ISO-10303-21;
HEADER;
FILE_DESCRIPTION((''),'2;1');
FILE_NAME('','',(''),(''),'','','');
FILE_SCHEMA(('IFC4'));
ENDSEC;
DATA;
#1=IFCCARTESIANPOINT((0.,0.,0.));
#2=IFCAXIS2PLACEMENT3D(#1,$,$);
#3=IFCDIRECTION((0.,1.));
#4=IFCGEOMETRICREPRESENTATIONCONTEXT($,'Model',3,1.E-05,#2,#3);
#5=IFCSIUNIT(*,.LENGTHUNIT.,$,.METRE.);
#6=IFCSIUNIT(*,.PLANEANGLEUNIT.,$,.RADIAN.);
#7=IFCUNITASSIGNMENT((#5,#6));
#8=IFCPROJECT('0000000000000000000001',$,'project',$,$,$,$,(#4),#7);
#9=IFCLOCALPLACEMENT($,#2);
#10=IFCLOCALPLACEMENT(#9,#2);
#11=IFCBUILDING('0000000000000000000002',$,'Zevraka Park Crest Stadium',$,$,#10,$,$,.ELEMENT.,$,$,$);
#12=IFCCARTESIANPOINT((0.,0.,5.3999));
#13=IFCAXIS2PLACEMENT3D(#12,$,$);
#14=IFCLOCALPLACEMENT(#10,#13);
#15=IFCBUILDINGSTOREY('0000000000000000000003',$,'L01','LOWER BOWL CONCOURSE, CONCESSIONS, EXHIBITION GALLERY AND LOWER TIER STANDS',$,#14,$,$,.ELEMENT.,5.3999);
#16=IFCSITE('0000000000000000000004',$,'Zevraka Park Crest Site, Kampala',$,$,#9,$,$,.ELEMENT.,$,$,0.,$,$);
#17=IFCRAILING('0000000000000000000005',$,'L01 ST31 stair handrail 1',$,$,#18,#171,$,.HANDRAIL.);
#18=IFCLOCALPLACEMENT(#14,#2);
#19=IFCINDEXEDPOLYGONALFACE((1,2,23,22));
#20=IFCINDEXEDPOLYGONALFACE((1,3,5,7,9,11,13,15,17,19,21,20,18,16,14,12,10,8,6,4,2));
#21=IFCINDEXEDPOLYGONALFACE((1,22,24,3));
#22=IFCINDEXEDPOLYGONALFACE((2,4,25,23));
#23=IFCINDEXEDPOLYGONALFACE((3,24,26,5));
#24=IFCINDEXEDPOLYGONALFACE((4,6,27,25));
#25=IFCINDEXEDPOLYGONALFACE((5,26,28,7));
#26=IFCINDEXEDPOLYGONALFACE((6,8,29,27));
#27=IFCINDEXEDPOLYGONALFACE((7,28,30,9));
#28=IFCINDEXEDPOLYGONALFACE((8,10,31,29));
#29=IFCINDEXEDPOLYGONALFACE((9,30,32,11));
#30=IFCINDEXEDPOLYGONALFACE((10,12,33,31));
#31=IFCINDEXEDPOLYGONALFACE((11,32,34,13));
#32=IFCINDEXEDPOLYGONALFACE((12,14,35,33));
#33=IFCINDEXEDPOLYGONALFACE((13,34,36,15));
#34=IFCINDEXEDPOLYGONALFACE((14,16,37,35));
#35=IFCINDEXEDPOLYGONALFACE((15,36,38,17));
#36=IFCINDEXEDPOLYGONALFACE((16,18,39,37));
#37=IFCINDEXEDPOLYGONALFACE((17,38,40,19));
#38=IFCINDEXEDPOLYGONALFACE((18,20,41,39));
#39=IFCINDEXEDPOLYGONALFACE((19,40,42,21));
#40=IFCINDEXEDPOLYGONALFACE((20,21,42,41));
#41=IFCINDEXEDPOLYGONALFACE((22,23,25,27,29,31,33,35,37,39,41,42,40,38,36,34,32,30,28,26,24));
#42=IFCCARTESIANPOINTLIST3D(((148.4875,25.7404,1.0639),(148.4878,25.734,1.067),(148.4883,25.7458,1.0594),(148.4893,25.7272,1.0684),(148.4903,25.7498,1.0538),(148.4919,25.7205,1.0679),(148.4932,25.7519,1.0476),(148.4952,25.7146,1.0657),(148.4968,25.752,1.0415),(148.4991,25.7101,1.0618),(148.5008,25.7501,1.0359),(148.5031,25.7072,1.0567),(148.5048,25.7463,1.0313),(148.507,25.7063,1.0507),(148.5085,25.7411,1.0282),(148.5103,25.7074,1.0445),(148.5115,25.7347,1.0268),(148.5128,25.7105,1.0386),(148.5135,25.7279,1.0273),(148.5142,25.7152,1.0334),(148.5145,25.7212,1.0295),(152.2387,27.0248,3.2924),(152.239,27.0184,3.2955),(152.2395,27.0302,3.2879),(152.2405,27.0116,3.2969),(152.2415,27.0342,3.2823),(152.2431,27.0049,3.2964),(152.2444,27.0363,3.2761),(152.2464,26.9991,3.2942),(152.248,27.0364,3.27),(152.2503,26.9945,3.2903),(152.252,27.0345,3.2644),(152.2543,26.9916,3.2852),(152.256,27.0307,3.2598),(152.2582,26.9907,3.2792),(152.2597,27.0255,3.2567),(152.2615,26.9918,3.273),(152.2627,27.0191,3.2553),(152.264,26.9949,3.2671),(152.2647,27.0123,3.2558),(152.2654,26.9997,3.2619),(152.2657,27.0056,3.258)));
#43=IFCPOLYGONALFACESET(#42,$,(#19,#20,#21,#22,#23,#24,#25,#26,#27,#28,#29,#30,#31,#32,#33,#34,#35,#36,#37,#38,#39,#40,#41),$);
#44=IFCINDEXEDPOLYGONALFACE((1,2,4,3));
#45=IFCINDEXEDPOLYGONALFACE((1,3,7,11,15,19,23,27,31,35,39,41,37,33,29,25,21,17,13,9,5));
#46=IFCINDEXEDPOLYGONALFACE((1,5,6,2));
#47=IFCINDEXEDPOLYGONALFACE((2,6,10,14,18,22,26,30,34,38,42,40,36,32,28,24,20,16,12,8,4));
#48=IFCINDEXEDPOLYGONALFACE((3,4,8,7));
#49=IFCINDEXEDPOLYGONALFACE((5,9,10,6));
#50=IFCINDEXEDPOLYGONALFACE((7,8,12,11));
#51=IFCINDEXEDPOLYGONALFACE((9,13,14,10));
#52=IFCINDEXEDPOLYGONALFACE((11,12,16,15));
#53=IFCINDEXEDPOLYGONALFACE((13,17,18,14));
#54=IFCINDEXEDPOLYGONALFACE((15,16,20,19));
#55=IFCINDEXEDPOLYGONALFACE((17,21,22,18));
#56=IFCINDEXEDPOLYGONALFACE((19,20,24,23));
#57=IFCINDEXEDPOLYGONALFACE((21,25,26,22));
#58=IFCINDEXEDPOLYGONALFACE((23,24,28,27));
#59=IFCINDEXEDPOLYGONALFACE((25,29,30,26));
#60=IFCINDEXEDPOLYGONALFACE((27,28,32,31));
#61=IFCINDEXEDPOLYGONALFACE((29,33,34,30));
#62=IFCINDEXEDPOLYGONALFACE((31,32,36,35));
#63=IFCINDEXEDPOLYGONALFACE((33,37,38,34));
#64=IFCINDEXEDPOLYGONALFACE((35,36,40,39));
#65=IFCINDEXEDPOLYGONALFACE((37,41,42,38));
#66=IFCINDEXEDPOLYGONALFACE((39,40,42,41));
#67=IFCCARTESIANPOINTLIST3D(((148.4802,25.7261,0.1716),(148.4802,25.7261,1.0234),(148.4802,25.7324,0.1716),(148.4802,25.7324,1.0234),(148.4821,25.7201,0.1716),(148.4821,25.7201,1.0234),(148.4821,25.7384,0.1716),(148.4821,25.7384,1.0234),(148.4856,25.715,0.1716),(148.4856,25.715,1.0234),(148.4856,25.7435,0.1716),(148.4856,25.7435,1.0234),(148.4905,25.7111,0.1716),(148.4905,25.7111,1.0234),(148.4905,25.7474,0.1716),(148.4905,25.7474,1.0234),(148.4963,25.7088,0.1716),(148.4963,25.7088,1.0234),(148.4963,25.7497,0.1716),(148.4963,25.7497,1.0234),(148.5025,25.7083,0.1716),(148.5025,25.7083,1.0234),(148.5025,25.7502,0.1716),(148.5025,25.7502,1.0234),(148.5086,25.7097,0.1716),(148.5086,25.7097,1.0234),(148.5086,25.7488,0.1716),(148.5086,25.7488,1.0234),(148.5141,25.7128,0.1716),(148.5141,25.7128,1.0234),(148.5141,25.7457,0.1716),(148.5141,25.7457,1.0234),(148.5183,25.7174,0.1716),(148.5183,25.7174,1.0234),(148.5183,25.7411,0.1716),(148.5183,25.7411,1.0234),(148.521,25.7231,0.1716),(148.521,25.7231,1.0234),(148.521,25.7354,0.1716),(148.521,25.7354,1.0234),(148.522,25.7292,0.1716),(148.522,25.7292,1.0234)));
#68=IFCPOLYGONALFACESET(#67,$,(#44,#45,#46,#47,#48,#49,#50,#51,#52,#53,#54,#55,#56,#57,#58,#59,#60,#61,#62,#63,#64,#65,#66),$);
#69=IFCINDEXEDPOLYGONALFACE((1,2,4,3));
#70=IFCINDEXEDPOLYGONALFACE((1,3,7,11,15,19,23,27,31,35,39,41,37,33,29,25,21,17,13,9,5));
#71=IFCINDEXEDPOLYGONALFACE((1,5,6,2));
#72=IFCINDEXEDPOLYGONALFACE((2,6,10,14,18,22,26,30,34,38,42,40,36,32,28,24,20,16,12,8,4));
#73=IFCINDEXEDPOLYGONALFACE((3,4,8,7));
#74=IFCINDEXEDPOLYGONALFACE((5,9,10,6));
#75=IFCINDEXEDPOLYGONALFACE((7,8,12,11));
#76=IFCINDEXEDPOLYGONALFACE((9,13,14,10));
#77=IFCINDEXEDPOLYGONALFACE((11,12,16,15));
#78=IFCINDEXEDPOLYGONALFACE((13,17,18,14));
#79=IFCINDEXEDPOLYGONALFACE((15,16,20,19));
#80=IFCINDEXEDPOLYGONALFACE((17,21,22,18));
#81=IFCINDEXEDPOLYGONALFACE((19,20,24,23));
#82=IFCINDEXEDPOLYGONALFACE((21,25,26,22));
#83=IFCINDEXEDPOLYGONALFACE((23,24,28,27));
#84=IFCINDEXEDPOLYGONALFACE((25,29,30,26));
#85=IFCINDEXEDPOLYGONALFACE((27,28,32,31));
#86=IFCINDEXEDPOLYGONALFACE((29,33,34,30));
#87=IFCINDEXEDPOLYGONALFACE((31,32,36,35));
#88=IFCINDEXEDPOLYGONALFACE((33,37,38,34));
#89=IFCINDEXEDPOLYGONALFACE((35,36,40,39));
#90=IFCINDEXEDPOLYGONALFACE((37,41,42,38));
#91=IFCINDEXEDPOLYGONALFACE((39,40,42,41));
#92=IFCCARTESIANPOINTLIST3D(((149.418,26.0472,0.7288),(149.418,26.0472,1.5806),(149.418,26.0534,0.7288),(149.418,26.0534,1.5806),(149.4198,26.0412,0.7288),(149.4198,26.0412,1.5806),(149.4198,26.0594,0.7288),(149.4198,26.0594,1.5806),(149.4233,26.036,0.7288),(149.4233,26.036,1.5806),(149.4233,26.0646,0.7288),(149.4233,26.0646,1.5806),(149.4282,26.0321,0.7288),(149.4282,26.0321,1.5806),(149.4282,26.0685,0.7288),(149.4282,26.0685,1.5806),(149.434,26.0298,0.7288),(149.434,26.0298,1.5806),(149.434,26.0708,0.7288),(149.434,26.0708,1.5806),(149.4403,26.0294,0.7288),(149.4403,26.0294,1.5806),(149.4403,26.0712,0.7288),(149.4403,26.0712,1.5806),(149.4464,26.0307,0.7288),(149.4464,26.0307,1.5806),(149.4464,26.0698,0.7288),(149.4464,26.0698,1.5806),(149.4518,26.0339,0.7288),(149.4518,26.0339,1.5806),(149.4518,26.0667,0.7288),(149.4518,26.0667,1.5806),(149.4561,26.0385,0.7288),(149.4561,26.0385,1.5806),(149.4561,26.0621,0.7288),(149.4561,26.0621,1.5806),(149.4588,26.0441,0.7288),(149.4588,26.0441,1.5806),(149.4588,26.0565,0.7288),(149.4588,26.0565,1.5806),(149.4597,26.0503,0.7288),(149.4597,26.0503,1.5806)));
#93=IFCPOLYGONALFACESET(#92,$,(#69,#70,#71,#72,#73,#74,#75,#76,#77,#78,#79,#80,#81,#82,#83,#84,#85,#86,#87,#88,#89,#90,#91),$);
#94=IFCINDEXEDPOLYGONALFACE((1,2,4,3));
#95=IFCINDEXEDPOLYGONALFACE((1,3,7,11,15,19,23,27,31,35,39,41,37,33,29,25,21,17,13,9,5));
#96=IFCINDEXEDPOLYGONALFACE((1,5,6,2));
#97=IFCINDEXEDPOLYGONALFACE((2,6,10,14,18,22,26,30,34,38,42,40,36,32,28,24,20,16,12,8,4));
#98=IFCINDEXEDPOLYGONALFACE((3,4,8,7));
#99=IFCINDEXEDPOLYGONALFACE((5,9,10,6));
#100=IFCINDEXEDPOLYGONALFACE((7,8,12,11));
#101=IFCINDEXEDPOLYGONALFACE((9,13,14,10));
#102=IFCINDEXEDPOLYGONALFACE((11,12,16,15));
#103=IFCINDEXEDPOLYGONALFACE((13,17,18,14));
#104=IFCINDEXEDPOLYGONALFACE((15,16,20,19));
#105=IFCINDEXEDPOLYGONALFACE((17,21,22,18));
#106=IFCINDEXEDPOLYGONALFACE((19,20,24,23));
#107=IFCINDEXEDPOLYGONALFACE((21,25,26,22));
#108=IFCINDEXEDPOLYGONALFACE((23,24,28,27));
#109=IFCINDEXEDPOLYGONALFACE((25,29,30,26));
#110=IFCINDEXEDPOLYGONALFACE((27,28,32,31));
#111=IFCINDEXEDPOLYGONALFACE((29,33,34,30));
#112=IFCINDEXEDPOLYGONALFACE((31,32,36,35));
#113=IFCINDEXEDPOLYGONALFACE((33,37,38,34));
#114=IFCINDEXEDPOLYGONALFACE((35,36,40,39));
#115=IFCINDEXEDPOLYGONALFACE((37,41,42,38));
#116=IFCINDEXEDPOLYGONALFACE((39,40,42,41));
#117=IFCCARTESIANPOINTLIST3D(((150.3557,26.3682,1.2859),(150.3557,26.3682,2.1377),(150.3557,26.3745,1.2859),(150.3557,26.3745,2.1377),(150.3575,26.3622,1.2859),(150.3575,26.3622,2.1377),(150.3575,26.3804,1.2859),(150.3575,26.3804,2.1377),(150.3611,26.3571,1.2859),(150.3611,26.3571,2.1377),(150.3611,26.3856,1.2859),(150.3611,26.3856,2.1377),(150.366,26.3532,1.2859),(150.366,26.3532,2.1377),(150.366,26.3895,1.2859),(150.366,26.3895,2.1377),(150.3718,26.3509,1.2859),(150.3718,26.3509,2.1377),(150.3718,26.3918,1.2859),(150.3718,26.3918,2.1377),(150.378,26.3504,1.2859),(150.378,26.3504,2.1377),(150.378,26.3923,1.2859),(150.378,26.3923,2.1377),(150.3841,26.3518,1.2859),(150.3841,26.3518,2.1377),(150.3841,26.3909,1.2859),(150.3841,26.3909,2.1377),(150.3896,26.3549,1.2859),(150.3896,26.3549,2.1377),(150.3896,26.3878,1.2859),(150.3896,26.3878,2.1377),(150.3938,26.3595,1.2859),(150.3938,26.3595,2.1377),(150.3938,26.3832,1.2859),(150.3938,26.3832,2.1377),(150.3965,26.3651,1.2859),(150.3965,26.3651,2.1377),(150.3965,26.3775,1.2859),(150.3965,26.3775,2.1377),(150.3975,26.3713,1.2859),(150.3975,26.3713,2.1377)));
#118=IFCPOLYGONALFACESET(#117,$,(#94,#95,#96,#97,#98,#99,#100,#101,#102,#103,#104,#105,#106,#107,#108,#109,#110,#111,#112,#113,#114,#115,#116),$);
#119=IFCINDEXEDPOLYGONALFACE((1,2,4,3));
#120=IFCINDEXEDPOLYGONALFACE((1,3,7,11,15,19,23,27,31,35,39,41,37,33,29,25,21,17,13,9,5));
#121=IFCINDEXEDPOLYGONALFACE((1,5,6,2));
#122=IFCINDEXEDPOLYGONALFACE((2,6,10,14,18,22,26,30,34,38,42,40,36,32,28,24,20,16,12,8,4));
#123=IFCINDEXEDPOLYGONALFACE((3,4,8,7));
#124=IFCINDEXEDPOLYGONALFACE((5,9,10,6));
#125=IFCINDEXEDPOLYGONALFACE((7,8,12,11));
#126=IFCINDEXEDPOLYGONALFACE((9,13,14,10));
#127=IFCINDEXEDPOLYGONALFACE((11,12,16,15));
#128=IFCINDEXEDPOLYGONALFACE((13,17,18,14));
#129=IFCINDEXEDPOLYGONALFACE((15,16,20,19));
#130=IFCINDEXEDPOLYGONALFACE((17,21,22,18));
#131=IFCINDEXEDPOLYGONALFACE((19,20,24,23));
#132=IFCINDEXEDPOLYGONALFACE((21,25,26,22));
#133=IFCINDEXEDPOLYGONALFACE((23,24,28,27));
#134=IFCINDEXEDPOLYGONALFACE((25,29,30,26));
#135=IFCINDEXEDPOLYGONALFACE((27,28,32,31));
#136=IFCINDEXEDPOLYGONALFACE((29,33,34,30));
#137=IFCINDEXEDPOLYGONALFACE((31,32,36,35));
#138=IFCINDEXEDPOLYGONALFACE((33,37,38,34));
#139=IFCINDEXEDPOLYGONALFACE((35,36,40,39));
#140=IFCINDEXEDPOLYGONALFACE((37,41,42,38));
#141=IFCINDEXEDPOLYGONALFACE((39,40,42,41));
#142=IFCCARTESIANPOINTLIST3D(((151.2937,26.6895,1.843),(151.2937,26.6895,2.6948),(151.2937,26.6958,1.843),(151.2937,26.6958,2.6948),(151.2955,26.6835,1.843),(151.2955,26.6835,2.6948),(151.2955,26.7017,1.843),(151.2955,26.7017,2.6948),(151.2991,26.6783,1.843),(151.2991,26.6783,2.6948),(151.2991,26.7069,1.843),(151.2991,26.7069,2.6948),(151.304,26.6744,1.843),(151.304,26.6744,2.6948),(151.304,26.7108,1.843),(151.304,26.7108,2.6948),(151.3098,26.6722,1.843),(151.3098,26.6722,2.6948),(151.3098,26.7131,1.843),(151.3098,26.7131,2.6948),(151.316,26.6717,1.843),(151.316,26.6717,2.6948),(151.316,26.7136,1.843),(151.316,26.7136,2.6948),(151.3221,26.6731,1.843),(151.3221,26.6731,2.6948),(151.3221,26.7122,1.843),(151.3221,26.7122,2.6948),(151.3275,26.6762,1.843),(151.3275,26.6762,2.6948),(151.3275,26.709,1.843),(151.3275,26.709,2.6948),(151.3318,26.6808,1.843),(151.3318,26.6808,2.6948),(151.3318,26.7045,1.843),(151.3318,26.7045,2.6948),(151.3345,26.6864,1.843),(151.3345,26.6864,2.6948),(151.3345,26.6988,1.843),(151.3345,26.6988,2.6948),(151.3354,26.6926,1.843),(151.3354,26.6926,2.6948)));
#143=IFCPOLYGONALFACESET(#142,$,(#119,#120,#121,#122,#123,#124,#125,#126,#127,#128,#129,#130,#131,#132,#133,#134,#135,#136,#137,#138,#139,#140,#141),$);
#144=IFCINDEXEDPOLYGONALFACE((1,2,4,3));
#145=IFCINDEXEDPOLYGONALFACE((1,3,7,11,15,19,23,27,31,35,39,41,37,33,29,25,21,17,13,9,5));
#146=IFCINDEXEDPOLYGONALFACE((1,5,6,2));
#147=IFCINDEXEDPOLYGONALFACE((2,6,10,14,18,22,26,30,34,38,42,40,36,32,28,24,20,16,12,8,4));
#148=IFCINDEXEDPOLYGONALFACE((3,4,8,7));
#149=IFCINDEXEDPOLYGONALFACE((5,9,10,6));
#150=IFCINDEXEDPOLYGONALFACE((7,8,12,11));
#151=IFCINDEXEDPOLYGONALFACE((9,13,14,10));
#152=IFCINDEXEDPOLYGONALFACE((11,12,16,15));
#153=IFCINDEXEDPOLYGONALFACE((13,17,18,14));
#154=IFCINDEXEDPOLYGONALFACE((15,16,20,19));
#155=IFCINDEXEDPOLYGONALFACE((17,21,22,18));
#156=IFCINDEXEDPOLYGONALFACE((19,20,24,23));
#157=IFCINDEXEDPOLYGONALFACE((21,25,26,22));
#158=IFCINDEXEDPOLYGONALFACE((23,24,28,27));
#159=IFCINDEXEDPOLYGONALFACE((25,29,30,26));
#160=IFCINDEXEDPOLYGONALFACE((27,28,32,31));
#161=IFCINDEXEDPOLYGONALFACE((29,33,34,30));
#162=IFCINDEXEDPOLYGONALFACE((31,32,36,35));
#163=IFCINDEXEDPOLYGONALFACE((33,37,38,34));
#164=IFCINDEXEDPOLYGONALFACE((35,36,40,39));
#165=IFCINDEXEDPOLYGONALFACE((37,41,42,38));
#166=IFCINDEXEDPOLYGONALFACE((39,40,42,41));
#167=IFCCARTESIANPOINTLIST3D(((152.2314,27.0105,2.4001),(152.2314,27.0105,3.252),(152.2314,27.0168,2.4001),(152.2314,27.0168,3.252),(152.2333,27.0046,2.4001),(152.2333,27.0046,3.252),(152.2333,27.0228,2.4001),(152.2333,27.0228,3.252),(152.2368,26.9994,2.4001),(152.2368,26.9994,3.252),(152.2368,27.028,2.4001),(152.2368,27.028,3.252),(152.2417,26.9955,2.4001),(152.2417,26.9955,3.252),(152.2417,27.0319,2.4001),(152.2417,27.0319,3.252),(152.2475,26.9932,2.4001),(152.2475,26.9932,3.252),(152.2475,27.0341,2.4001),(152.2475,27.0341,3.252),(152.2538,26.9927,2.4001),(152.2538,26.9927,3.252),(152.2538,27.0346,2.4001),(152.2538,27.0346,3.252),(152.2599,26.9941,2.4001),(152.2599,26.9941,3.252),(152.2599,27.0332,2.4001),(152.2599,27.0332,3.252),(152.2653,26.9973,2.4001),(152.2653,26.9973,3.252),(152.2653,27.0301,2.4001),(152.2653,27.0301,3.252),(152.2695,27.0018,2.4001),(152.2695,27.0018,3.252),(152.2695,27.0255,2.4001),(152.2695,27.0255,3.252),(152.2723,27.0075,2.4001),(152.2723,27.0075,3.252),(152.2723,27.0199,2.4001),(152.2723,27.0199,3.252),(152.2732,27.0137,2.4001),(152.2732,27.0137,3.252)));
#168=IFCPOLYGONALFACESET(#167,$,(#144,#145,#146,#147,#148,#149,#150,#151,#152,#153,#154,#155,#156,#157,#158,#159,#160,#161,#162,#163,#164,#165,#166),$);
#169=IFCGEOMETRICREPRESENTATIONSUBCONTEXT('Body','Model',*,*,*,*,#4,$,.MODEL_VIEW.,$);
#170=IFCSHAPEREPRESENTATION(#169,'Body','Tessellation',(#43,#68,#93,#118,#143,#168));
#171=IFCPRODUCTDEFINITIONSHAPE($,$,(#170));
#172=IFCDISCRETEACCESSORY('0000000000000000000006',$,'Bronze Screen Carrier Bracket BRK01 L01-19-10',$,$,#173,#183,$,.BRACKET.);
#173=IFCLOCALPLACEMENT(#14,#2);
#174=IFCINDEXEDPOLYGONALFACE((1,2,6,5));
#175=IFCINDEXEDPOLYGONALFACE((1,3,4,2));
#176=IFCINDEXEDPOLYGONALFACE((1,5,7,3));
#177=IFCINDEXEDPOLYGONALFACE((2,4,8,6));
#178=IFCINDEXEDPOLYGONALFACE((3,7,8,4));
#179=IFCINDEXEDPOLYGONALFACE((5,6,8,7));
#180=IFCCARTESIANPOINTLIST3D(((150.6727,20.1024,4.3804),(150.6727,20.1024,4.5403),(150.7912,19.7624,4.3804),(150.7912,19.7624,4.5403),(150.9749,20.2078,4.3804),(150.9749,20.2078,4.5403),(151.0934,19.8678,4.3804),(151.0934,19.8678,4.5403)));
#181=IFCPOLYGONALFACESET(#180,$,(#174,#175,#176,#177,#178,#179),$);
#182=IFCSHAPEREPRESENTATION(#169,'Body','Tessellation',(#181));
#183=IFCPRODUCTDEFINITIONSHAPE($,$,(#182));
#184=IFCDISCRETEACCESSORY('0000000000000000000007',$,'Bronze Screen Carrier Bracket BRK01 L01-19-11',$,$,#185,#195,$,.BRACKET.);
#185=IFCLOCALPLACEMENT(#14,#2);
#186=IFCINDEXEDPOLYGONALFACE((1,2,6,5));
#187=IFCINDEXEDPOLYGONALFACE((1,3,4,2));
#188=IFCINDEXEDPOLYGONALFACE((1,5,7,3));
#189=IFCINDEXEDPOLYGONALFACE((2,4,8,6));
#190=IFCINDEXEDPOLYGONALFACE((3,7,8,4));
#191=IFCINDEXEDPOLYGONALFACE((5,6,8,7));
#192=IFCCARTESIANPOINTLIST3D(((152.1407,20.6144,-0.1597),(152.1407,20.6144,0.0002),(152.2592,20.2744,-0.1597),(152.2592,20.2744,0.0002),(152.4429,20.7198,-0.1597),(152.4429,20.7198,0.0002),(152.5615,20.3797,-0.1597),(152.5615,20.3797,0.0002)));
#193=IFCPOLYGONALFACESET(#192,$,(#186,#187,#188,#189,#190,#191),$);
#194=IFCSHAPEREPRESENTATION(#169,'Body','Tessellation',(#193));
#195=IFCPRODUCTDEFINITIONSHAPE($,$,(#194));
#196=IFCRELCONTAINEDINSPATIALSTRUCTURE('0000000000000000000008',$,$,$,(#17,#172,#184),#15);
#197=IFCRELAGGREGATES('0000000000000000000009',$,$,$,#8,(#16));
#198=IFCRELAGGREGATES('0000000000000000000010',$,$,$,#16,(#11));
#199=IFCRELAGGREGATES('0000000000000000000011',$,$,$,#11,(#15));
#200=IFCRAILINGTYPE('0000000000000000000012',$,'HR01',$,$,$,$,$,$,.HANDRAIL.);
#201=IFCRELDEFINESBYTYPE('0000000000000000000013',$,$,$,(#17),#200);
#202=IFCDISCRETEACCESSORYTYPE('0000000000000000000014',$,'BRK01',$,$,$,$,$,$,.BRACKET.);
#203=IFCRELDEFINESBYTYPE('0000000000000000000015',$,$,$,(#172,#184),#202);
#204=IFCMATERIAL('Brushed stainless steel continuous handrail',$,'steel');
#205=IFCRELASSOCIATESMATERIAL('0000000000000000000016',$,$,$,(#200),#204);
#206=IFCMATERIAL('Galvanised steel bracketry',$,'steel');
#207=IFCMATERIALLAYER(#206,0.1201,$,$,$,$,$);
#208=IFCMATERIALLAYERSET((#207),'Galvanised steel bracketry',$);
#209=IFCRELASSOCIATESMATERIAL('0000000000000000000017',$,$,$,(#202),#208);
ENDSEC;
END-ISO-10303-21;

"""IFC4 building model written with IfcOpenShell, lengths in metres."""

from ifc_helpers import new_model, si_unit, direction, frame, origin, origin_2d, place, context, subcontext, project, spatial, rectangle, circle, extrude, material, layer, layer_set, type_object, element, save


model = new_model("IFC4")

# Units and contexts
model_context = context("Model", 3, precision=1e-05, world=origin(), true_north=direction((0.0, 1.0)))
body_context = subcontext(model_context, "Body", "Model", "MODEL_VIEW")
ifc_project = project(units=[si_unit("LENGTHUNIT", "METRE"), si_unit("PLANEANGLEUNIT", "RADIAN")], contexts=[model_context])

# Site, building, storey
site_placement = place(None, origin())
site = spatial("IfcSite", under=ifc_project, at=site_placement, Name="Zevraka Park Crest Site, Kampala", CompositionType="ELEMENT", RefElevation=0.0)
building_placement = place(site_placement, origin())
building = spatial("IfcBuilding", under=site, at=building_placement, Name="Zevraka Park Crest Stadium", CompositionType="ELEMENT")
storey_placement = place(building_placement, frame((0.0, 0.0, 5.3999)))
storey = spatial("IfcBuildingStorey", under=building, at=storey_placement, Name="L01", Description="LOWER BOWL CONCOURSE, CONCESSIONS, EXHIBITION GALLERY AND LOWER TIER STANDS", CompositionType="ELEMENT", Elevation=5.3999)

# Railing
ifc_material_1 = material(Name="Brushed stainless steel continuous handrail", Category="steel")
railing_type_1 = type_object("IfcRailingType", Name="HR01", PredefinedType="HANDRAIL", material=ifc_material_1)
railing_1_placement = place(storey_placement, frame((148.501, 25.7292, 0.1716)))
element("IfcRailing", 1, at=railing_1_placement, inside=storey, type_object=railing_type_1, Name="L01 ST31 stair handrail 1", PredefinedType="HANDRAIL", context=body_context, shape_type="SweptSolid", body=[
    extrude(circle(Radius=0.0239, at=origin_2d()), frame((0.0, 0.0, 0.876), z_axis=(0.824739, 0.282392, 0.489959), x_axis=(-0.323939, 0.946078, 0.0)), (0.0, 0.0, 1.0), 4.5483),
    extrude(circle(Radius=0.021, at=origin_2d()), origin(), (0.0, 0.0, 1.0), 0.8518),
    extrude(circle(Radius=0.021, at=origin_2d()), frame((0.9377, 0.321, 0.5571)), (0.0, 0.0, 1.0), 0.8518),
    extrude(circle(Radius=0.021, at=origin_2d()), frame((1.8755, 0.6421, 1.1143)), (0.0, 0.0, 1.0), 0.8518),
    extrude(circle(Radius=0.021, at=origin_2d()), frame((2.8135, 0.9634, 1.6714)), (0.0, 0.0, 1.0), 0.8518),
    extrude(circle(Radius=0.021, at=origin_2d()), frame((3.7512, 1.2844, 2.2285)), (0.0, 0.0, 1.0), 0.8518),
])

# Discrete accessories
ifc_material_2 = material(Name="Galvanised steel bracketry", Category="steel")
ifc_layer_1 = layer(ifc_material_2, 0.1201)
ifc_layer_set_1 = layer_set([ifc_layer_1], Name="Galvanised steel bracketry")
discrete_accessory_type = type_object("IfcDiscreteAccessoryType", Name="BRK01", PredefinedType="BRACKET", material=ifc_layer_set_1)
for number, where, z_axis, x_axis, name in (
    (2, (150.8831, 19.9851, 4.3804), (0.0, 0.0, 1.0), (0.944262, 0.329196, 0.0), "Bronze Screen Carrier Bracket BRK01 L01-19-10"),
    (3, (152.3511, 20.4971, -0.1597), (0.0, 0.0, 1.0), (0.944262, 0.329196, 0.0), "Bronze Screen Carrier Bracket BRK01 L01-19-11"),
):
    element("IfcDiscreteAccessory", number, at=place(storey_placement, frame(where, z_axis=z_axis, x_axis=x_axis)), inside=storey, type_object=discrete_accessory_type, Name=name, PredefinedType="BRACKET", context=body_context, shape_type="SweptSolid", body=[
        extrude(rectangle(XDim=0.3201, YDim=0.3601, at=origin_2d()), origin(), (0.0, 0.0, 1.0), 0.1599),
    ])

save(model, "model.ifc")
